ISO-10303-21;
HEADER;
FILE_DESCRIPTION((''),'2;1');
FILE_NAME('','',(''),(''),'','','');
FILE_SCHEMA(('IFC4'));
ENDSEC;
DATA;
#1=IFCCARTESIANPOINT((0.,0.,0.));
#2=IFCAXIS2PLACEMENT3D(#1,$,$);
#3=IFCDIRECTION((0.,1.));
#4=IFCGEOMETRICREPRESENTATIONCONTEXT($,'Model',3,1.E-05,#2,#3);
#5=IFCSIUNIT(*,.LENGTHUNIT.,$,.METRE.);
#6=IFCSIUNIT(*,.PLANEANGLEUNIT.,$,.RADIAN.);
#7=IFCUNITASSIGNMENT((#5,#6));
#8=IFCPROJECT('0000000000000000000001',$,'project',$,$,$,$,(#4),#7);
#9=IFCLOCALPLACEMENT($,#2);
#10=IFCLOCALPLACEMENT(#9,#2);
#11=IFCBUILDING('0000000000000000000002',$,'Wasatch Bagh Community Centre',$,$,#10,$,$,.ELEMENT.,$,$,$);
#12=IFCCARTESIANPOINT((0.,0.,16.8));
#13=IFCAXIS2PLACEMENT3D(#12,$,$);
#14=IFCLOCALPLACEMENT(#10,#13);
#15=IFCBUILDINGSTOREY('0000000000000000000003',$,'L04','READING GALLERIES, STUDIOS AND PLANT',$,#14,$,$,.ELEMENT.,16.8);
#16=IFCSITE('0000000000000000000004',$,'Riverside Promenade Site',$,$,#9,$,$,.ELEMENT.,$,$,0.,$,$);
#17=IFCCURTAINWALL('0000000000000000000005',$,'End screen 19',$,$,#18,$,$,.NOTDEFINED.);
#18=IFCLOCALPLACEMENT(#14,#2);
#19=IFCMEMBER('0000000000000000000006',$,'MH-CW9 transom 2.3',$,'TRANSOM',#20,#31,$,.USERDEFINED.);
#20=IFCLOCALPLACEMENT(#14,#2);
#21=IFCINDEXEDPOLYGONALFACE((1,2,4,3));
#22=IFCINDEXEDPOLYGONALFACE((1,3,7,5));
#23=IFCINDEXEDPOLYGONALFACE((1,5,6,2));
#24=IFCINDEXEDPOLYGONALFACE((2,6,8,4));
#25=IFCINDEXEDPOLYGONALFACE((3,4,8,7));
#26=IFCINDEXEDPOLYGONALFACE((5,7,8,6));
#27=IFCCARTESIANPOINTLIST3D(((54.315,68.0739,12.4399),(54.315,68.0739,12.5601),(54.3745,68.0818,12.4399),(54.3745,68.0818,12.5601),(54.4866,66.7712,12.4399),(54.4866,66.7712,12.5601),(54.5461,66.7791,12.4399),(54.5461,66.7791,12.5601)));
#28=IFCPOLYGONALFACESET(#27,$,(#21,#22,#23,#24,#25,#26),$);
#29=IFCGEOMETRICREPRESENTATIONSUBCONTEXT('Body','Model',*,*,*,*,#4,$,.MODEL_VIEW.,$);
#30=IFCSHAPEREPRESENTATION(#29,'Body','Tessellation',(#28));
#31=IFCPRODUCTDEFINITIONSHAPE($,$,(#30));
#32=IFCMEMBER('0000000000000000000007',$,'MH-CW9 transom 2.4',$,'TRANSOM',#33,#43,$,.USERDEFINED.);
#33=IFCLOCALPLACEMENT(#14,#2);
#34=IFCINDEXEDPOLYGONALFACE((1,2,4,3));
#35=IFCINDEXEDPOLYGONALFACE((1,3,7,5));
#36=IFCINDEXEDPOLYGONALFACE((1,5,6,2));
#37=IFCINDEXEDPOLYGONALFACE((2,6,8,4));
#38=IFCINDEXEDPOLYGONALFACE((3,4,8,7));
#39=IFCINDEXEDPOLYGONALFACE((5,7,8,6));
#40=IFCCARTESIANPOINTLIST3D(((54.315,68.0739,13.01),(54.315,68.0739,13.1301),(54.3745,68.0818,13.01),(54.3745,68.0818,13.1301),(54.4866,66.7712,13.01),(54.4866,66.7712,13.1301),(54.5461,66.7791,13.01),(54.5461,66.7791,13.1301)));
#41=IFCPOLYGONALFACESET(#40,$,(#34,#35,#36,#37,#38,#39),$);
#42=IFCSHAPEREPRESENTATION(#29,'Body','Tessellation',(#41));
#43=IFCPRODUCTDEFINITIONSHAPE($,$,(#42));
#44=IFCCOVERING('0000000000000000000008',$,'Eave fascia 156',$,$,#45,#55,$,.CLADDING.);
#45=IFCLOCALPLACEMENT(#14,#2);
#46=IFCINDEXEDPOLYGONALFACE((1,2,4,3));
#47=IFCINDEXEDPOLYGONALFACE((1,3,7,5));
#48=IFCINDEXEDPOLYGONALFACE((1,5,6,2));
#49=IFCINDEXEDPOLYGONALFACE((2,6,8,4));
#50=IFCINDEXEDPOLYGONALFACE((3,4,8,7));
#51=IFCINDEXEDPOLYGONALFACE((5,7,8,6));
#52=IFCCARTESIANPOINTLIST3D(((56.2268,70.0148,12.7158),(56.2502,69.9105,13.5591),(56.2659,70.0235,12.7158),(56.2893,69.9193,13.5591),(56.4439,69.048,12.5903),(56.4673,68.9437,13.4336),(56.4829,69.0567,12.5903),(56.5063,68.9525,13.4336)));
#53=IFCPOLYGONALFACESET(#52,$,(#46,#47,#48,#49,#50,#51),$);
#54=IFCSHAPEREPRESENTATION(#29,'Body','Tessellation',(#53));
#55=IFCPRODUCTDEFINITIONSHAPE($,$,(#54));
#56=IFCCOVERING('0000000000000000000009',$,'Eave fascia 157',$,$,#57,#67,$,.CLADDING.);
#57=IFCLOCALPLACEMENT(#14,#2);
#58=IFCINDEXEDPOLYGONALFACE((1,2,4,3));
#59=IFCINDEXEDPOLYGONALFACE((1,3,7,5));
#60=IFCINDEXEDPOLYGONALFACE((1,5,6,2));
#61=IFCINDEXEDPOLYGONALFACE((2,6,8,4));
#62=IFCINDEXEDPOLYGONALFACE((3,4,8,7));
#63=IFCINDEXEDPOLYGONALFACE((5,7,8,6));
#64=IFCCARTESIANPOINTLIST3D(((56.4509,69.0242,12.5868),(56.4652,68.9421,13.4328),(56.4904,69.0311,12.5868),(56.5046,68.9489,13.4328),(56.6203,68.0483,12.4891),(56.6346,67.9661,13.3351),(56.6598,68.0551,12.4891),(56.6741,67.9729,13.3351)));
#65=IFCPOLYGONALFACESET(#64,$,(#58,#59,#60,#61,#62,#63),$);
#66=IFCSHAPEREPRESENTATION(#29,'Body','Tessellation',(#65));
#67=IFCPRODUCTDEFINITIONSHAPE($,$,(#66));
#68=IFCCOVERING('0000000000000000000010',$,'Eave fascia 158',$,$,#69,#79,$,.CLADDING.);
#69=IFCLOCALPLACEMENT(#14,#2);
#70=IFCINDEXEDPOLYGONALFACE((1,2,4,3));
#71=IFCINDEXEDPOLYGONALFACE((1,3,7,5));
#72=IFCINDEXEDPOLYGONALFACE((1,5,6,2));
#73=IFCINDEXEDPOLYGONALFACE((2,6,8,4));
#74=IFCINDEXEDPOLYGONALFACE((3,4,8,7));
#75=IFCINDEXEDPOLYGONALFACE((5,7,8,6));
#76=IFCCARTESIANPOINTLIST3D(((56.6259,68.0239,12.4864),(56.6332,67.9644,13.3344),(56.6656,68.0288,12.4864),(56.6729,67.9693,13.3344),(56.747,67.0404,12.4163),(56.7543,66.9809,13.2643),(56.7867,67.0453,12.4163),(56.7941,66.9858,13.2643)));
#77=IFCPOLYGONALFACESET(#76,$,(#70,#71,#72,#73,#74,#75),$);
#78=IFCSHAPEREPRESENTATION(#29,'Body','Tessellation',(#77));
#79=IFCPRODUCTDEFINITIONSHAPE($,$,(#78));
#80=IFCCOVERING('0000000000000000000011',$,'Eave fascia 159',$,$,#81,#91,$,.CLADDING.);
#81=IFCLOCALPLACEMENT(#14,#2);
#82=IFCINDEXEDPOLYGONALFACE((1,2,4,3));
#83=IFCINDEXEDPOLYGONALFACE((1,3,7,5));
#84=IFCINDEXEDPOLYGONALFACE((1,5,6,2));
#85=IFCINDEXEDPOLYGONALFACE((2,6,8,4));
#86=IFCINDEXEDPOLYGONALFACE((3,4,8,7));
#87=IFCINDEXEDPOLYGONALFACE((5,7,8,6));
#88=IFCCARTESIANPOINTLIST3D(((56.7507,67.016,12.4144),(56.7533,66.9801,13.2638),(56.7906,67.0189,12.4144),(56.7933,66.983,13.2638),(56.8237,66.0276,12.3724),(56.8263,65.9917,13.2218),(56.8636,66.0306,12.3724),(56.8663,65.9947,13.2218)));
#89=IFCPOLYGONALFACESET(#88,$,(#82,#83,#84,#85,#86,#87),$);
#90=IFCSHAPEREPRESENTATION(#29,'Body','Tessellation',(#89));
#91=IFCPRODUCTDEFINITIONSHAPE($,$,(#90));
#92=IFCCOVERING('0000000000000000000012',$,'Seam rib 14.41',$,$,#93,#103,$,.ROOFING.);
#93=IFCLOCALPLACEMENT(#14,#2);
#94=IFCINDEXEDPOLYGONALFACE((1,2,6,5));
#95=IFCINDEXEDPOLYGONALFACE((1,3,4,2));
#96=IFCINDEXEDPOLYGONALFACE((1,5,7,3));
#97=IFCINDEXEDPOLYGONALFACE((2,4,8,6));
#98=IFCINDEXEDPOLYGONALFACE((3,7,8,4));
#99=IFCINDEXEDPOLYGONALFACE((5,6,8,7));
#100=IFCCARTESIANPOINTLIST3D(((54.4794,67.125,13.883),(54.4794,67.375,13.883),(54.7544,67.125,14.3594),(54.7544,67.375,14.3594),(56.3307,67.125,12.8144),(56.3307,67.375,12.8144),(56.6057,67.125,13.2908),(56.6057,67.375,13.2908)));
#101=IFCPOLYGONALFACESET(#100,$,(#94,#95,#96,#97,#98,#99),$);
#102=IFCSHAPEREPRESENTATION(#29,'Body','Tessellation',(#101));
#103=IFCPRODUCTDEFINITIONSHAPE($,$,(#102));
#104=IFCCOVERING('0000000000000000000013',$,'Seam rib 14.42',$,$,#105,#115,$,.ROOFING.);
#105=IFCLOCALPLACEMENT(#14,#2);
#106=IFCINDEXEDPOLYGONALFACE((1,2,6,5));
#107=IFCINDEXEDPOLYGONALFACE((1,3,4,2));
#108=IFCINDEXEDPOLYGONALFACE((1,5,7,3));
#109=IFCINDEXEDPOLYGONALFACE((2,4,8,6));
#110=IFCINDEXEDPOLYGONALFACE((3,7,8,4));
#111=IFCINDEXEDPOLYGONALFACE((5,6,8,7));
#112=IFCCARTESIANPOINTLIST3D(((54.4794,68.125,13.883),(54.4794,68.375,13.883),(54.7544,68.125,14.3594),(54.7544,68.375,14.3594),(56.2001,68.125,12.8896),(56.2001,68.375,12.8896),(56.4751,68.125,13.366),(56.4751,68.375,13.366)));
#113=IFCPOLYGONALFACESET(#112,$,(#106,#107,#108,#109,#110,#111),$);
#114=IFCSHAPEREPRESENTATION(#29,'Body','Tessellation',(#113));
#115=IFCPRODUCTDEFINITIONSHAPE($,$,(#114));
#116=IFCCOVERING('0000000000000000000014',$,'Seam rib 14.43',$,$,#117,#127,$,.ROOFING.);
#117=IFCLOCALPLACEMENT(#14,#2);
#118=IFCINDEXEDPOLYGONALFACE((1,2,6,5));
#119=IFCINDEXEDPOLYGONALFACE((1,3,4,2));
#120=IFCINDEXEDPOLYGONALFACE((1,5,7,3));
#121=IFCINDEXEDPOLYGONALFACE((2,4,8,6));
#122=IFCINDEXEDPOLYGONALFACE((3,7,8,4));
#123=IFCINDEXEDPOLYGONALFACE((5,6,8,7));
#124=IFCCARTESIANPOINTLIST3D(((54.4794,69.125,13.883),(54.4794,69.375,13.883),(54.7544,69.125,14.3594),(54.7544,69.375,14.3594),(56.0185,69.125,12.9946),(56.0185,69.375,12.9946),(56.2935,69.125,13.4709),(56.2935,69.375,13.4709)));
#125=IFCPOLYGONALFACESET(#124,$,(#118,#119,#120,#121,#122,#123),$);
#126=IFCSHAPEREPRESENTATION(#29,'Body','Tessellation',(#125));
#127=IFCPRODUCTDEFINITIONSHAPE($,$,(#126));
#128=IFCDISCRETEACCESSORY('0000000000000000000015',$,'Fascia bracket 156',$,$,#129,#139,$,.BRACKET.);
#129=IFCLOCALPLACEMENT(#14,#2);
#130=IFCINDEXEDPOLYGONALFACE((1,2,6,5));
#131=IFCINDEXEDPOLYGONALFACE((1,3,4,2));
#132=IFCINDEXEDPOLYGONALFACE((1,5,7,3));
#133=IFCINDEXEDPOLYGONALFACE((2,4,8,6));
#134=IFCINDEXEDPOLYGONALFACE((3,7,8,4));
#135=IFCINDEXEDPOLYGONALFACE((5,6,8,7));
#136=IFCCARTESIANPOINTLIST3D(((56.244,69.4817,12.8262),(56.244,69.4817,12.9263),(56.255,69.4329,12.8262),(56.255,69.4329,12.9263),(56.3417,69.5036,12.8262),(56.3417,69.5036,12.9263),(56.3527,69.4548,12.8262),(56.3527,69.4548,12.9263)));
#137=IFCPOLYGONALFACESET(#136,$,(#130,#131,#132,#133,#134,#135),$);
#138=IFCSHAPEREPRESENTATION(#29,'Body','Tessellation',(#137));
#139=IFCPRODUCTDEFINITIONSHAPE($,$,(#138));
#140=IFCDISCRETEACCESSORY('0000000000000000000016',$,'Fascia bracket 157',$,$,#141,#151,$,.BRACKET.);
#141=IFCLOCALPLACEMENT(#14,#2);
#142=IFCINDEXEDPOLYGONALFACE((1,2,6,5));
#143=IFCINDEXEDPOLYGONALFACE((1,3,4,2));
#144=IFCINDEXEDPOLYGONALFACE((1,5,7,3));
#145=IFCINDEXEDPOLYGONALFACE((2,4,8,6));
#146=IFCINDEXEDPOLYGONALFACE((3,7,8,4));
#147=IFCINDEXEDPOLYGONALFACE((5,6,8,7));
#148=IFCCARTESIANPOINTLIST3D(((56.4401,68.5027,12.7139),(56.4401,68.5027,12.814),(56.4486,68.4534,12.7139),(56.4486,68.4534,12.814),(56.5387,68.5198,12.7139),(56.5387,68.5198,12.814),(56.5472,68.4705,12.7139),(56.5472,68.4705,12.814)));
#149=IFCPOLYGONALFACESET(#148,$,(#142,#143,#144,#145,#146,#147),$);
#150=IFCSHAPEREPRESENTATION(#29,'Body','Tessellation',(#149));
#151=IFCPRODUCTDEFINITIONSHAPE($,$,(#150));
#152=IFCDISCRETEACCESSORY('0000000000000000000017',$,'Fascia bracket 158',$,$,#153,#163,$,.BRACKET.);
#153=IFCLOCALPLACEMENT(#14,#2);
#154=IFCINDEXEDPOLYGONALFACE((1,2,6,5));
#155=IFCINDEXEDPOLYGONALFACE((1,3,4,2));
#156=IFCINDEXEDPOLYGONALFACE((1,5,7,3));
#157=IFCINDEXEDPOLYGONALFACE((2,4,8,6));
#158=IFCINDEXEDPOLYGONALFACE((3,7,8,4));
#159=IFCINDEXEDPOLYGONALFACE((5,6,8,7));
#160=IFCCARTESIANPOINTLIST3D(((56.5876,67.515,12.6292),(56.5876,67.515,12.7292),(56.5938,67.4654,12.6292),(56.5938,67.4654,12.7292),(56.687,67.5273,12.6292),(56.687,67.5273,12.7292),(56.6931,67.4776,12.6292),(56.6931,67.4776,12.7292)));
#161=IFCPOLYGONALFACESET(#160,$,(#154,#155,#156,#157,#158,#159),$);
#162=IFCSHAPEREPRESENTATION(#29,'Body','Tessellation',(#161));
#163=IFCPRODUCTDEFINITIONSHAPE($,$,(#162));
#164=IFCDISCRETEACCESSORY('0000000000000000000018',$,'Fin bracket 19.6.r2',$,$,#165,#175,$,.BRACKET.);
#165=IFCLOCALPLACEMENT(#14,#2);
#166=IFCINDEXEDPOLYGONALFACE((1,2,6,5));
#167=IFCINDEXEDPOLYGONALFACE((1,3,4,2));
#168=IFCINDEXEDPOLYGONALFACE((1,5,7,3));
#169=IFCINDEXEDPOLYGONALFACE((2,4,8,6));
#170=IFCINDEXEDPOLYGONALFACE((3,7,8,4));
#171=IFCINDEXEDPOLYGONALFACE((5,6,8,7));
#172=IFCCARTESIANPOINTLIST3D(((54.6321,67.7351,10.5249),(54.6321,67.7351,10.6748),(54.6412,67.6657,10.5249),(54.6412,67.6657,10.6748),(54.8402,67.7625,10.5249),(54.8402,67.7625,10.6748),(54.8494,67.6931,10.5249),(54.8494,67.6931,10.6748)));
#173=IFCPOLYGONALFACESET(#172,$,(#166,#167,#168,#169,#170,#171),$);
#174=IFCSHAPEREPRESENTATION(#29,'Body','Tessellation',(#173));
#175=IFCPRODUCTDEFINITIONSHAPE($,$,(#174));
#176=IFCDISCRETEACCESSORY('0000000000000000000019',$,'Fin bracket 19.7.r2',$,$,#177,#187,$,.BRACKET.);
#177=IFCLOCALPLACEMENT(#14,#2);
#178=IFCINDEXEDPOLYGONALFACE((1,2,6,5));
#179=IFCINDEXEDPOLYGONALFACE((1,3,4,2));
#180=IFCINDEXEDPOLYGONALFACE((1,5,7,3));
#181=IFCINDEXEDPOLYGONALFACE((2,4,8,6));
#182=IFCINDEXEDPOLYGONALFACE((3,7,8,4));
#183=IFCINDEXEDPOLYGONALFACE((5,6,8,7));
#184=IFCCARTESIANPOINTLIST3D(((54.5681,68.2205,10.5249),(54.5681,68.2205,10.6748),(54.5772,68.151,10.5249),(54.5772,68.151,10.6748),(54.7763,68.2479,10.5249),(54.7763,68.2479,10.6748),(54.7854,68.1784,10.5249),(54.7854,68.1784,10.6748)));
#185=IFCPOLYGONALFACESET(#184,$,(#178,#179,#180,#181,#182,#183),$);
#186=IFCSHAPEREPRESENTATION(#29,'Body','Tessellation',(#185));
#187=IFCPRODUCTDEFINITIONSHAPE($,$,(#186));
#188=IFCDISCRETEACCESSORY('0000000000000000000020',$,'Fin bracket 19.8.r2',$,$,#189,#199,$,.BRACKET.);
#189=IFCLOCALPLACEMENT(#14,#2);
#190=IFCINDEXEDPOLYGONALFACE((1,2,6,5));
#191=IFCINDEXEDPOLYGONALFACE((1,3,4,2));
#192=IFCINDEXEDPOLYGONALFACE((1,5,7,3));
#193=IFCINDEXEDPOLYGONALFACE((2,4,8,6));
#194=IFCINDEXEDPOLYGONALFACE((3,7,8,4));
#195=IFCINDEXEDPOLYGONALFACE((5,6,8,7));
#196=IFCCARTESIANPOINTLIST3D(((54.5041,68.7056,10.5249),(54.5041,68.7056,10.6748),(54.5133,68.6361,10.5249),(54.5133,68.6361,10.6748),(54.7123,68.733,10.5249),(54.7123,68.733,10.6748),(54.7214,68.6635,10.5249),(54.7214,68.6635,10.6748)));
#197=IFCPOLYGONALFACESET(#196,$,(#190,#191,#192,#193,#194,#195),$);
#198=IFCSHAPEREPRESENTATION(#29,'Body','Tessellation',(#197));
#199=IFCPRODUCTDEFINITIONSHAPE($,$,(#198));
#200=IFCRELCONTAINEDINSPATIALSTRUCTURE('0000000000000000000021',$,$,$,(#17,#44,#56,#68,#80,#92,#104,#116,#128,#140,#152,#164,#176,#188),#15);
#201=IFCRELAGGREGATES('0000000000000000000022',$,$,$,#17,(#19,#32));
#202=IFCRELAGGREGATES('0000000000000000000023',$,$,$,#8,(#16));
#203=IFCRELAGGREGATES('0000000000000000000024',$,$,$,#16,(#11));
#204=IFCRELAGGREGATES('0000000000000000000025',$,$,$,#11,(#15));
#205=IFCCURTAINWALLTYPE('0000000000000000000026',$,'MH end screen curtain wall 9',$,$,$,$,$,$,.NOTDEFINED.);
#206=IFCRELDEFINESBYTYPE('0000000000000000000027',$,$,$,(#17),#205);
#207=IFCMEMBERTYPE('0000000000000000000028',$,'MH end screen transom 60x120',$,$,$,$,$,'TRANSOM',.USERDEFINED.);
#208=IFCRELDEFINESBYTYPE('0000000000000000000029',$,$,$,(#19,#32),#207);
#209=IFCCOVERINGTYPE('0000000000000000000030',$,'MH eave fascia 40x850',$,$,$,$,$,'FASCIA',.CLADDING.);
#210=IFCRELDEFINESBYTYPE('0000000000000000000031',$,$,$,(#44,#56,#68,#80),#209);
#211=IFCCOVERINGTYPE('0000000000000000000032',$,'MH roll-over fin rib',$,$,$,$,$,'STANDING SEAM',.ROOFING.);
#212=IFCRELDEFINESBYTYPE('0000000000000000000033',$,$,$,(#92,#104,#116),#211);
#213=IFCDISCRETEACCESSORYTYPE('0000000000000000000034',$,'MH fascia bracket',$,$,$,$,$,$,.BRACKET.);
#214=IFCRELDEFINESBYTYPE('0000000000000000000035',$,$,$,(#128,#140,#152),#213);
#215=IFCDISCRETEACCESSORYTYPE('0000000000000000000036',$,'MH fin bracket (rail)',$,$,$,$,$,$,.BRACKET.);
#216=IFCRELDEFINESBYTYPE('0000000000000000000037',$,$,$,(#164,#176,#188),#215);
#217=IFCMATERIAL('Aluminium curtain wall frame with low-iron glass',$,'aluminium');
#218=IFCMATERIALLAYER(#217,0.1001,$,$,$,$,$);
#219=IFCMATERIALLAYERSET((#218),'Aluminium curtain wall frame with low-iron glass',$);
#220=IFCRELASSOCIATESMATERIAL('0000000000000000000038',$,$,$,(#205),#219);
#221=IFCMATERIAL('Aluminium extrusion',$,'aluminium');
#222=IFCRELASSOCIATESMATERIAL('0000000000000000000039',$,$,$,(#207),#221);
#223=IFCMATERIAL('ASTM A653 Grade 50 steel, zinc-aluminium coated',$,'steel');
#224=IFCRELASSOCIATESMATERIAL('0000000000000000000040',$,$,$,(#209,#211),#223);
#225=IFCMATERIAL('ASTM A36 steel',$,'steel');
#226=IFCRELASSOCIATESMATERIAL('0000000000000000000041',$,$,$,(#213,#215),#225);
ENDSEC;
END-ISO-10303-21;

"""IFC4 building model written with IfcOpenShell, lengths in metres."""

from ifc_helpers import new_model, si_unit, direction, frame, origin, origin_2d, place, context, subcontext, project, spatial, polyline, rectangle, outline, extrude, material, layer, layer_set, material_profile, profile_set, type_object, element, aggregate, save


model = new_model("IFC4")

# Units and contexts
model_context = context("Model", 3, precision=1e-05, world=origin(), true_north=direction((0.0, 1.0)))
body_context = subcontext(model_context, "Body", "Model", "MODEL_VIEW")
ifc_project = project(units=[si_unit("LENGTHUNIT", "METRE"), si_unit("PLANEANGLEUNIT", "RADIAN")], contexts=[model_context])

# Site, building, storey
site_placement = place(None, origin())
site = spatial("IfcSite", under=ifc_project, at=site_placement, Name="Riverside Promenade Site", CompositionType="ELEMENT", RefElevation=0.0)
building_placement = place(site_placement, origin())
building = spatial("IfcBuilding", under=site, at=building_placement, Name="Wasatch Bagh Community Centre", CompositionType="ELEMENT")
storey_placement = place(building_placement, frame((0.0, 0.0, 16.8)))
storey = spatial("IfcBuildingStorey", under=building, at=storey_placement, Name="L04", Description="READING GALLERIES, STUDIOS AND PLANT", CompositionType="ELEMENT", Elevation=16.8)

# Curtain wall, members
ifc_material_1 = material(Name="Aluminium curtain wall frame with low-iron glass", Category="aluminium")
ifc_layer = layer(ifc_material_1, 0.1001)
ifc_layer_set = layer_set([ifc_layer], Name="Aluminium curtain wall frame with low-iron glass")
curtain_wall_type = type_object("IfcCurtainWallType", Name="MH end screen curtain wall 9", PredefinedType="NOTDEFINED", material=ifc_layer_set)
curtain_wall_placement = place(storey_placement, origin())
curtain_wall = element("IfcCurtainWall", 1, at=curtain_wall_placement, inside=storey, type_object=curtain_wall_type, Name="End screen 19", PredefinedType="NOTDEFINED")
ifc_material_2 = material(Name="Aluminium extrusion", Category="aluminium")
ifc_material_profile_1 = material_profile(ifc_material_2, rectangle(XDim=0.0601, YDim=0.1201, at=origin_2d()), Name="AL 60x120")
ifc_profile_set_1 = profile_set([ifc_material_profile_1], Name="Aluminium extrusion")
member_type = type_object("IfcMemberType", Name="MH end screen transom 60x120", ElementType="TRANSOM", PredefinedType="USERDEFINED", material=ifc_profile_set_1)
member_1_placement = place(storey_placement, frame((54.5164, 66.7751, 12.5), z_axis=(-0.130618, 0.991433, 0.0), x_axis=(-0.991433, -0.130618, 0.0)))
member_1 = element("IfcMember", 2, at=member_1_placement, type_object=member_type, Name="MH-CW9 transom 2.3", ObjectType="TRANSOM", PredefinedType="USERDEFINED", context=body_context, shape_type="SweptSolid", body=[
    extrude(rectangle(XDim=0.0601, YDim=0.1201, at=origin_2d()), origin(), (0.0, 0.0, 1.0), 1.314),
])
member_2_placement = place(storey_placement, frame((54.5164, 66.7751, 13.0701), z_axis=(-0.130618, 0.991433, 0.0), x_axis=(-0.991433, -0.130618, 0.0)))
member_2 = element("IfcMember", 3, at=member_2_placement, type_object=member_type, Name="MH-CW9 transom 2.4", ObjectType="TRANSOM", PredefinedType="USERDEFINED", context=body_context, shape_type="SweptSolid", body=[
    extrude(rectangle(XDim=0.0601, YDim=0.1201, at=origin_2d()), origin(), (0.0, 0.0, 1.0), 1.314),
])
aggregate(curtain_wall, [member_1, member_2])

# Coverings
ifc_material_3 = material(Name="ASTM A653 Grade 50 steel, zinc-aluminium coated", Category="steel")
ifc_material_profile_2 = material_profile(ifc_material_3, rectangle(XDim=0.04, YDim=0.8501, at=origin_2d()), Name="FASCIA 40x850")
ifc_profile_set_2 = profile_set([ifc_material_profile_2], Name="ASTM A653 Grade 50 steel, zinc-aluminium coated")
covering_type_1 = type_object("IfcCoveringType", Name="MH eave fascia 40x850", ElementType="FASCIA", PredefinedType="CLADDING", material=ifc_profile_set_2)
covering_1_placement = place(storey_placement, frame((56.2581, 69.967, 13.1375), z_axis=(0.217307, -0.967983, -0.125642), x_axis=(0.975715, 0.219043, 0.0)))
element("IfcCovering", 4, at=covering_1_placement, inside=storey, type_object=covering_type_1, Name="Eave fascia 156", PredefinedType="CLADDING", context=body_context, shape_type="SweptSolid", body=[
    extrude(rectangle(XDim=0.04, YDim=0.8501, at=origin_2d()), origin(), (0.0, 0.0, 1.0), 0.9988),
])
covering_2_placement = place(storey_placement, frame((56.4778, 68.9866, 13.0098), z_axis=(0.170204, -0.980514, -0.0981), x_axis=(0.985266, 0.171029, 0.0)))
element("IfcCovering", 5, at=covering_2_placement, inside=storey, type_object=covering_type_1, Name="Eave fascia 157", PredefinedType="CLADDING", context=body_context, shape_type="SweptSolid", body=[
    extrude(rectangle(XDim=0.04, YDim=0.8501, at=origin_2d()), origin(), (0.0, 0.0, 1.0), 0.9954),
])
covering_3_placement = place(storey_placement, frame((56.6494, 67.9966, 12.9104), z_axis=(0.12191, -0.990031, -0.070541), x_axis=(0.992504, 0.122215, 0.0)))
element("IfcCovering", 6, at=covering_3_placement, inside=storey, type_object=covering_type_1, Name="Eave fascia 158", PredefinedType="CLADDING", context=body_context, shape_type="SweptSolid", body=[
    extrude(rectangle(XDim=0.04, YDim=0.8501, at=origin_2d()), origin(), (0.0, 0.0, 1.0), 0.9934),
])
covering_4_placement = place(storey_placement, frame((56.772, 66.9995, 12.8391), z_axis=(0.073597, -0.996389, -0.042337), x_axis=(0.997283, 0.073663, 0.0)))
element("IfcCovering", 7, at=covering_4_placement, inside=storey, type_object=covering_type_1, Name="Eave fascia 159", PredefinedType="CLADDING", context=body_context, shape_type="SweptSolid", body=[
    extrude(rectangle(XDim=0.04, YDim=0.8501, at=origin_2d()), origin(), (0.0, 0.0, 1.0), 0.9919),
])
covering_type_2 = type_object("IfcCoveringType", Name="MH roll-over fin rib", ElementType="STANDING SEAM", PredefinedType="ROOFING", material=ifc_material_3)
covering_5_placement = place(storey_placement, frame((54.7544, 67.125, 14.3594), z_axis=(0.49991, 0.0, 0.866077), x_axis=(0.866077, 0.0, -0.49991)))
element("IfcCovering", 8, at=covering_5_placement, inside=storey, type_object=covering_type_2, Name="Seam rib 14.41", PredefinedType="ROOFING", context=body_context, shape_type="SweptSolid", body=[
    extrude(outline(polyline([(0.0, 0.0), (2.1376, 0.0), (2.1376, 0.25), (0.0, 0.25), (0.0, 0.0)])), origin(), (0.0, 0.0, -1.0), 0.55),
])
covering_6_placement = place(storey_placement, frame((54.7544, 68.125, 14.3594), z_axis=(0.499985, 0.0, 0.866034), x_axis=(0.866034, 0.0, -0.499985)))
element("IfcCovering", 9, at=covering_6_placement, inside=storey, type_object=covering_type_2, Name="Seam rib 14.42", PredefinedType="ROOFING", context=body_context, shape_type="SweptSolid", body=[
    extrude(outline(polyline([(0.0, 0.0), (1.9869, 0.0), (1.9869, 0.25), (0.0, 0.25), (0.0, 0.0)])), origin(), (0.0, 0.0, -1.0), 0.55),
])
covering_7_placement = place(storey_placement, frame((54.7544, 69.125, 14.3594), z_axis=(0.499937, 0.0, 0.866062), x_axis=(0.866062, 0.0, -0.499937)))
element("IfcCovering", 10, at=covering_7_placement, inside=storey, type_object=covering_type_2, Name="Seam rib 14.43", PredefinedType="ROOFING", context=body_context, shape_type="SweptSolid", body=[
    extrude(outline(polyline([(0.0, 0.0), (1.7771, 0.0), (1.7771, 0.25), (0.0, 0.25), (0.0, 0.0)])), origin(), (0.0, 0.0, -1.0), 0.55),
])

# Discrete accessories
ifc_material_4 = material(Name="ASTM A36 steel", Category="steel")
discrete_accessory_type_1 = type_object("IfcDiscreteAccessoryType", Name="MH fascia bracket", PredefinedType="BRACKET", material=ifc_material_4)
for number, where, z_axis, x_axis, name in (
    (11, (56.2983, 69.4683, 12.8262), (0.0, 0.0, 1.0), (0.975702, 0.219101, 0.0), "Fascia bracket 156"),
    (12, (56.4937, 68.4866, 12.7139), (0.0, 0.0, 1.0), (0.985278, 0.170962, 0.0), "Fascia bracket 157"),
    (13, (56.6404, 67.4963, 12.6292), (0.0, 0.0, 1.0), (0.99248, 0.122411, 0.0), "Fascia bracket 158"),
):
    element("IfcDiscreteAccessory", number, at=place(storey_placement, frame(where, z_axis=z_axis, x_axis=x_axis)), inside=storey, type_object=discrete_accessory_type_1, Name=name, PredefinedType="BRACKET", context=body_context, shape_type="SweptSolid", body=[
        extrude(rectangle(XDim=0.1001, YDim=0.05, at=origin_2d()), origin(), (0.0, 0.0, 1.0), 0.1001),
    ])
discrete_accessory_type_2 = type_object("IfcDiscreteAccessoryType", Name="MH fin bracket (rail)", PredefinedType="BRACKET", material=ifc_material_4)
for number, where, z_axis, x_axis, name in (
    (14, (54.7407, 67.7141, 10.5249), (0.0, 0.0, 1.0), (-0.130526, 0.991445, 0.0), "Fin bracket 19.6.r2"),
    (15, (54.6768, 68.1995, 10.5249), (0.0, 0.0, 1.0), (-0.130526, 0.991445, 0.0), "Fin bracket 19.7.r2"),
    (16, (54.6128, 68.6846, 10.5249), (0.0, 0.0, 1.0), (-0.130526, 0.991445, 0.0), "Fin bracket 19.8.r2"),
):
    element("IfcDiscreteAccessory", number, at=place(storey_placement, frame(where, z_axis=z_axis, x_axis=x_axis)), inside=storey, type_object=discrete_accessory_type_2, Name=name, PredefinedType="BRACKET", context=body_context, shape_type="SweptSolid", body=[
        extrude(rectangle(XDim=0.0701, YDim=0.21, at=origin_2d()), origin(), (0.0, 0.0, 1.0), 0.1499),
    ])

save(model, "model.ifc")
